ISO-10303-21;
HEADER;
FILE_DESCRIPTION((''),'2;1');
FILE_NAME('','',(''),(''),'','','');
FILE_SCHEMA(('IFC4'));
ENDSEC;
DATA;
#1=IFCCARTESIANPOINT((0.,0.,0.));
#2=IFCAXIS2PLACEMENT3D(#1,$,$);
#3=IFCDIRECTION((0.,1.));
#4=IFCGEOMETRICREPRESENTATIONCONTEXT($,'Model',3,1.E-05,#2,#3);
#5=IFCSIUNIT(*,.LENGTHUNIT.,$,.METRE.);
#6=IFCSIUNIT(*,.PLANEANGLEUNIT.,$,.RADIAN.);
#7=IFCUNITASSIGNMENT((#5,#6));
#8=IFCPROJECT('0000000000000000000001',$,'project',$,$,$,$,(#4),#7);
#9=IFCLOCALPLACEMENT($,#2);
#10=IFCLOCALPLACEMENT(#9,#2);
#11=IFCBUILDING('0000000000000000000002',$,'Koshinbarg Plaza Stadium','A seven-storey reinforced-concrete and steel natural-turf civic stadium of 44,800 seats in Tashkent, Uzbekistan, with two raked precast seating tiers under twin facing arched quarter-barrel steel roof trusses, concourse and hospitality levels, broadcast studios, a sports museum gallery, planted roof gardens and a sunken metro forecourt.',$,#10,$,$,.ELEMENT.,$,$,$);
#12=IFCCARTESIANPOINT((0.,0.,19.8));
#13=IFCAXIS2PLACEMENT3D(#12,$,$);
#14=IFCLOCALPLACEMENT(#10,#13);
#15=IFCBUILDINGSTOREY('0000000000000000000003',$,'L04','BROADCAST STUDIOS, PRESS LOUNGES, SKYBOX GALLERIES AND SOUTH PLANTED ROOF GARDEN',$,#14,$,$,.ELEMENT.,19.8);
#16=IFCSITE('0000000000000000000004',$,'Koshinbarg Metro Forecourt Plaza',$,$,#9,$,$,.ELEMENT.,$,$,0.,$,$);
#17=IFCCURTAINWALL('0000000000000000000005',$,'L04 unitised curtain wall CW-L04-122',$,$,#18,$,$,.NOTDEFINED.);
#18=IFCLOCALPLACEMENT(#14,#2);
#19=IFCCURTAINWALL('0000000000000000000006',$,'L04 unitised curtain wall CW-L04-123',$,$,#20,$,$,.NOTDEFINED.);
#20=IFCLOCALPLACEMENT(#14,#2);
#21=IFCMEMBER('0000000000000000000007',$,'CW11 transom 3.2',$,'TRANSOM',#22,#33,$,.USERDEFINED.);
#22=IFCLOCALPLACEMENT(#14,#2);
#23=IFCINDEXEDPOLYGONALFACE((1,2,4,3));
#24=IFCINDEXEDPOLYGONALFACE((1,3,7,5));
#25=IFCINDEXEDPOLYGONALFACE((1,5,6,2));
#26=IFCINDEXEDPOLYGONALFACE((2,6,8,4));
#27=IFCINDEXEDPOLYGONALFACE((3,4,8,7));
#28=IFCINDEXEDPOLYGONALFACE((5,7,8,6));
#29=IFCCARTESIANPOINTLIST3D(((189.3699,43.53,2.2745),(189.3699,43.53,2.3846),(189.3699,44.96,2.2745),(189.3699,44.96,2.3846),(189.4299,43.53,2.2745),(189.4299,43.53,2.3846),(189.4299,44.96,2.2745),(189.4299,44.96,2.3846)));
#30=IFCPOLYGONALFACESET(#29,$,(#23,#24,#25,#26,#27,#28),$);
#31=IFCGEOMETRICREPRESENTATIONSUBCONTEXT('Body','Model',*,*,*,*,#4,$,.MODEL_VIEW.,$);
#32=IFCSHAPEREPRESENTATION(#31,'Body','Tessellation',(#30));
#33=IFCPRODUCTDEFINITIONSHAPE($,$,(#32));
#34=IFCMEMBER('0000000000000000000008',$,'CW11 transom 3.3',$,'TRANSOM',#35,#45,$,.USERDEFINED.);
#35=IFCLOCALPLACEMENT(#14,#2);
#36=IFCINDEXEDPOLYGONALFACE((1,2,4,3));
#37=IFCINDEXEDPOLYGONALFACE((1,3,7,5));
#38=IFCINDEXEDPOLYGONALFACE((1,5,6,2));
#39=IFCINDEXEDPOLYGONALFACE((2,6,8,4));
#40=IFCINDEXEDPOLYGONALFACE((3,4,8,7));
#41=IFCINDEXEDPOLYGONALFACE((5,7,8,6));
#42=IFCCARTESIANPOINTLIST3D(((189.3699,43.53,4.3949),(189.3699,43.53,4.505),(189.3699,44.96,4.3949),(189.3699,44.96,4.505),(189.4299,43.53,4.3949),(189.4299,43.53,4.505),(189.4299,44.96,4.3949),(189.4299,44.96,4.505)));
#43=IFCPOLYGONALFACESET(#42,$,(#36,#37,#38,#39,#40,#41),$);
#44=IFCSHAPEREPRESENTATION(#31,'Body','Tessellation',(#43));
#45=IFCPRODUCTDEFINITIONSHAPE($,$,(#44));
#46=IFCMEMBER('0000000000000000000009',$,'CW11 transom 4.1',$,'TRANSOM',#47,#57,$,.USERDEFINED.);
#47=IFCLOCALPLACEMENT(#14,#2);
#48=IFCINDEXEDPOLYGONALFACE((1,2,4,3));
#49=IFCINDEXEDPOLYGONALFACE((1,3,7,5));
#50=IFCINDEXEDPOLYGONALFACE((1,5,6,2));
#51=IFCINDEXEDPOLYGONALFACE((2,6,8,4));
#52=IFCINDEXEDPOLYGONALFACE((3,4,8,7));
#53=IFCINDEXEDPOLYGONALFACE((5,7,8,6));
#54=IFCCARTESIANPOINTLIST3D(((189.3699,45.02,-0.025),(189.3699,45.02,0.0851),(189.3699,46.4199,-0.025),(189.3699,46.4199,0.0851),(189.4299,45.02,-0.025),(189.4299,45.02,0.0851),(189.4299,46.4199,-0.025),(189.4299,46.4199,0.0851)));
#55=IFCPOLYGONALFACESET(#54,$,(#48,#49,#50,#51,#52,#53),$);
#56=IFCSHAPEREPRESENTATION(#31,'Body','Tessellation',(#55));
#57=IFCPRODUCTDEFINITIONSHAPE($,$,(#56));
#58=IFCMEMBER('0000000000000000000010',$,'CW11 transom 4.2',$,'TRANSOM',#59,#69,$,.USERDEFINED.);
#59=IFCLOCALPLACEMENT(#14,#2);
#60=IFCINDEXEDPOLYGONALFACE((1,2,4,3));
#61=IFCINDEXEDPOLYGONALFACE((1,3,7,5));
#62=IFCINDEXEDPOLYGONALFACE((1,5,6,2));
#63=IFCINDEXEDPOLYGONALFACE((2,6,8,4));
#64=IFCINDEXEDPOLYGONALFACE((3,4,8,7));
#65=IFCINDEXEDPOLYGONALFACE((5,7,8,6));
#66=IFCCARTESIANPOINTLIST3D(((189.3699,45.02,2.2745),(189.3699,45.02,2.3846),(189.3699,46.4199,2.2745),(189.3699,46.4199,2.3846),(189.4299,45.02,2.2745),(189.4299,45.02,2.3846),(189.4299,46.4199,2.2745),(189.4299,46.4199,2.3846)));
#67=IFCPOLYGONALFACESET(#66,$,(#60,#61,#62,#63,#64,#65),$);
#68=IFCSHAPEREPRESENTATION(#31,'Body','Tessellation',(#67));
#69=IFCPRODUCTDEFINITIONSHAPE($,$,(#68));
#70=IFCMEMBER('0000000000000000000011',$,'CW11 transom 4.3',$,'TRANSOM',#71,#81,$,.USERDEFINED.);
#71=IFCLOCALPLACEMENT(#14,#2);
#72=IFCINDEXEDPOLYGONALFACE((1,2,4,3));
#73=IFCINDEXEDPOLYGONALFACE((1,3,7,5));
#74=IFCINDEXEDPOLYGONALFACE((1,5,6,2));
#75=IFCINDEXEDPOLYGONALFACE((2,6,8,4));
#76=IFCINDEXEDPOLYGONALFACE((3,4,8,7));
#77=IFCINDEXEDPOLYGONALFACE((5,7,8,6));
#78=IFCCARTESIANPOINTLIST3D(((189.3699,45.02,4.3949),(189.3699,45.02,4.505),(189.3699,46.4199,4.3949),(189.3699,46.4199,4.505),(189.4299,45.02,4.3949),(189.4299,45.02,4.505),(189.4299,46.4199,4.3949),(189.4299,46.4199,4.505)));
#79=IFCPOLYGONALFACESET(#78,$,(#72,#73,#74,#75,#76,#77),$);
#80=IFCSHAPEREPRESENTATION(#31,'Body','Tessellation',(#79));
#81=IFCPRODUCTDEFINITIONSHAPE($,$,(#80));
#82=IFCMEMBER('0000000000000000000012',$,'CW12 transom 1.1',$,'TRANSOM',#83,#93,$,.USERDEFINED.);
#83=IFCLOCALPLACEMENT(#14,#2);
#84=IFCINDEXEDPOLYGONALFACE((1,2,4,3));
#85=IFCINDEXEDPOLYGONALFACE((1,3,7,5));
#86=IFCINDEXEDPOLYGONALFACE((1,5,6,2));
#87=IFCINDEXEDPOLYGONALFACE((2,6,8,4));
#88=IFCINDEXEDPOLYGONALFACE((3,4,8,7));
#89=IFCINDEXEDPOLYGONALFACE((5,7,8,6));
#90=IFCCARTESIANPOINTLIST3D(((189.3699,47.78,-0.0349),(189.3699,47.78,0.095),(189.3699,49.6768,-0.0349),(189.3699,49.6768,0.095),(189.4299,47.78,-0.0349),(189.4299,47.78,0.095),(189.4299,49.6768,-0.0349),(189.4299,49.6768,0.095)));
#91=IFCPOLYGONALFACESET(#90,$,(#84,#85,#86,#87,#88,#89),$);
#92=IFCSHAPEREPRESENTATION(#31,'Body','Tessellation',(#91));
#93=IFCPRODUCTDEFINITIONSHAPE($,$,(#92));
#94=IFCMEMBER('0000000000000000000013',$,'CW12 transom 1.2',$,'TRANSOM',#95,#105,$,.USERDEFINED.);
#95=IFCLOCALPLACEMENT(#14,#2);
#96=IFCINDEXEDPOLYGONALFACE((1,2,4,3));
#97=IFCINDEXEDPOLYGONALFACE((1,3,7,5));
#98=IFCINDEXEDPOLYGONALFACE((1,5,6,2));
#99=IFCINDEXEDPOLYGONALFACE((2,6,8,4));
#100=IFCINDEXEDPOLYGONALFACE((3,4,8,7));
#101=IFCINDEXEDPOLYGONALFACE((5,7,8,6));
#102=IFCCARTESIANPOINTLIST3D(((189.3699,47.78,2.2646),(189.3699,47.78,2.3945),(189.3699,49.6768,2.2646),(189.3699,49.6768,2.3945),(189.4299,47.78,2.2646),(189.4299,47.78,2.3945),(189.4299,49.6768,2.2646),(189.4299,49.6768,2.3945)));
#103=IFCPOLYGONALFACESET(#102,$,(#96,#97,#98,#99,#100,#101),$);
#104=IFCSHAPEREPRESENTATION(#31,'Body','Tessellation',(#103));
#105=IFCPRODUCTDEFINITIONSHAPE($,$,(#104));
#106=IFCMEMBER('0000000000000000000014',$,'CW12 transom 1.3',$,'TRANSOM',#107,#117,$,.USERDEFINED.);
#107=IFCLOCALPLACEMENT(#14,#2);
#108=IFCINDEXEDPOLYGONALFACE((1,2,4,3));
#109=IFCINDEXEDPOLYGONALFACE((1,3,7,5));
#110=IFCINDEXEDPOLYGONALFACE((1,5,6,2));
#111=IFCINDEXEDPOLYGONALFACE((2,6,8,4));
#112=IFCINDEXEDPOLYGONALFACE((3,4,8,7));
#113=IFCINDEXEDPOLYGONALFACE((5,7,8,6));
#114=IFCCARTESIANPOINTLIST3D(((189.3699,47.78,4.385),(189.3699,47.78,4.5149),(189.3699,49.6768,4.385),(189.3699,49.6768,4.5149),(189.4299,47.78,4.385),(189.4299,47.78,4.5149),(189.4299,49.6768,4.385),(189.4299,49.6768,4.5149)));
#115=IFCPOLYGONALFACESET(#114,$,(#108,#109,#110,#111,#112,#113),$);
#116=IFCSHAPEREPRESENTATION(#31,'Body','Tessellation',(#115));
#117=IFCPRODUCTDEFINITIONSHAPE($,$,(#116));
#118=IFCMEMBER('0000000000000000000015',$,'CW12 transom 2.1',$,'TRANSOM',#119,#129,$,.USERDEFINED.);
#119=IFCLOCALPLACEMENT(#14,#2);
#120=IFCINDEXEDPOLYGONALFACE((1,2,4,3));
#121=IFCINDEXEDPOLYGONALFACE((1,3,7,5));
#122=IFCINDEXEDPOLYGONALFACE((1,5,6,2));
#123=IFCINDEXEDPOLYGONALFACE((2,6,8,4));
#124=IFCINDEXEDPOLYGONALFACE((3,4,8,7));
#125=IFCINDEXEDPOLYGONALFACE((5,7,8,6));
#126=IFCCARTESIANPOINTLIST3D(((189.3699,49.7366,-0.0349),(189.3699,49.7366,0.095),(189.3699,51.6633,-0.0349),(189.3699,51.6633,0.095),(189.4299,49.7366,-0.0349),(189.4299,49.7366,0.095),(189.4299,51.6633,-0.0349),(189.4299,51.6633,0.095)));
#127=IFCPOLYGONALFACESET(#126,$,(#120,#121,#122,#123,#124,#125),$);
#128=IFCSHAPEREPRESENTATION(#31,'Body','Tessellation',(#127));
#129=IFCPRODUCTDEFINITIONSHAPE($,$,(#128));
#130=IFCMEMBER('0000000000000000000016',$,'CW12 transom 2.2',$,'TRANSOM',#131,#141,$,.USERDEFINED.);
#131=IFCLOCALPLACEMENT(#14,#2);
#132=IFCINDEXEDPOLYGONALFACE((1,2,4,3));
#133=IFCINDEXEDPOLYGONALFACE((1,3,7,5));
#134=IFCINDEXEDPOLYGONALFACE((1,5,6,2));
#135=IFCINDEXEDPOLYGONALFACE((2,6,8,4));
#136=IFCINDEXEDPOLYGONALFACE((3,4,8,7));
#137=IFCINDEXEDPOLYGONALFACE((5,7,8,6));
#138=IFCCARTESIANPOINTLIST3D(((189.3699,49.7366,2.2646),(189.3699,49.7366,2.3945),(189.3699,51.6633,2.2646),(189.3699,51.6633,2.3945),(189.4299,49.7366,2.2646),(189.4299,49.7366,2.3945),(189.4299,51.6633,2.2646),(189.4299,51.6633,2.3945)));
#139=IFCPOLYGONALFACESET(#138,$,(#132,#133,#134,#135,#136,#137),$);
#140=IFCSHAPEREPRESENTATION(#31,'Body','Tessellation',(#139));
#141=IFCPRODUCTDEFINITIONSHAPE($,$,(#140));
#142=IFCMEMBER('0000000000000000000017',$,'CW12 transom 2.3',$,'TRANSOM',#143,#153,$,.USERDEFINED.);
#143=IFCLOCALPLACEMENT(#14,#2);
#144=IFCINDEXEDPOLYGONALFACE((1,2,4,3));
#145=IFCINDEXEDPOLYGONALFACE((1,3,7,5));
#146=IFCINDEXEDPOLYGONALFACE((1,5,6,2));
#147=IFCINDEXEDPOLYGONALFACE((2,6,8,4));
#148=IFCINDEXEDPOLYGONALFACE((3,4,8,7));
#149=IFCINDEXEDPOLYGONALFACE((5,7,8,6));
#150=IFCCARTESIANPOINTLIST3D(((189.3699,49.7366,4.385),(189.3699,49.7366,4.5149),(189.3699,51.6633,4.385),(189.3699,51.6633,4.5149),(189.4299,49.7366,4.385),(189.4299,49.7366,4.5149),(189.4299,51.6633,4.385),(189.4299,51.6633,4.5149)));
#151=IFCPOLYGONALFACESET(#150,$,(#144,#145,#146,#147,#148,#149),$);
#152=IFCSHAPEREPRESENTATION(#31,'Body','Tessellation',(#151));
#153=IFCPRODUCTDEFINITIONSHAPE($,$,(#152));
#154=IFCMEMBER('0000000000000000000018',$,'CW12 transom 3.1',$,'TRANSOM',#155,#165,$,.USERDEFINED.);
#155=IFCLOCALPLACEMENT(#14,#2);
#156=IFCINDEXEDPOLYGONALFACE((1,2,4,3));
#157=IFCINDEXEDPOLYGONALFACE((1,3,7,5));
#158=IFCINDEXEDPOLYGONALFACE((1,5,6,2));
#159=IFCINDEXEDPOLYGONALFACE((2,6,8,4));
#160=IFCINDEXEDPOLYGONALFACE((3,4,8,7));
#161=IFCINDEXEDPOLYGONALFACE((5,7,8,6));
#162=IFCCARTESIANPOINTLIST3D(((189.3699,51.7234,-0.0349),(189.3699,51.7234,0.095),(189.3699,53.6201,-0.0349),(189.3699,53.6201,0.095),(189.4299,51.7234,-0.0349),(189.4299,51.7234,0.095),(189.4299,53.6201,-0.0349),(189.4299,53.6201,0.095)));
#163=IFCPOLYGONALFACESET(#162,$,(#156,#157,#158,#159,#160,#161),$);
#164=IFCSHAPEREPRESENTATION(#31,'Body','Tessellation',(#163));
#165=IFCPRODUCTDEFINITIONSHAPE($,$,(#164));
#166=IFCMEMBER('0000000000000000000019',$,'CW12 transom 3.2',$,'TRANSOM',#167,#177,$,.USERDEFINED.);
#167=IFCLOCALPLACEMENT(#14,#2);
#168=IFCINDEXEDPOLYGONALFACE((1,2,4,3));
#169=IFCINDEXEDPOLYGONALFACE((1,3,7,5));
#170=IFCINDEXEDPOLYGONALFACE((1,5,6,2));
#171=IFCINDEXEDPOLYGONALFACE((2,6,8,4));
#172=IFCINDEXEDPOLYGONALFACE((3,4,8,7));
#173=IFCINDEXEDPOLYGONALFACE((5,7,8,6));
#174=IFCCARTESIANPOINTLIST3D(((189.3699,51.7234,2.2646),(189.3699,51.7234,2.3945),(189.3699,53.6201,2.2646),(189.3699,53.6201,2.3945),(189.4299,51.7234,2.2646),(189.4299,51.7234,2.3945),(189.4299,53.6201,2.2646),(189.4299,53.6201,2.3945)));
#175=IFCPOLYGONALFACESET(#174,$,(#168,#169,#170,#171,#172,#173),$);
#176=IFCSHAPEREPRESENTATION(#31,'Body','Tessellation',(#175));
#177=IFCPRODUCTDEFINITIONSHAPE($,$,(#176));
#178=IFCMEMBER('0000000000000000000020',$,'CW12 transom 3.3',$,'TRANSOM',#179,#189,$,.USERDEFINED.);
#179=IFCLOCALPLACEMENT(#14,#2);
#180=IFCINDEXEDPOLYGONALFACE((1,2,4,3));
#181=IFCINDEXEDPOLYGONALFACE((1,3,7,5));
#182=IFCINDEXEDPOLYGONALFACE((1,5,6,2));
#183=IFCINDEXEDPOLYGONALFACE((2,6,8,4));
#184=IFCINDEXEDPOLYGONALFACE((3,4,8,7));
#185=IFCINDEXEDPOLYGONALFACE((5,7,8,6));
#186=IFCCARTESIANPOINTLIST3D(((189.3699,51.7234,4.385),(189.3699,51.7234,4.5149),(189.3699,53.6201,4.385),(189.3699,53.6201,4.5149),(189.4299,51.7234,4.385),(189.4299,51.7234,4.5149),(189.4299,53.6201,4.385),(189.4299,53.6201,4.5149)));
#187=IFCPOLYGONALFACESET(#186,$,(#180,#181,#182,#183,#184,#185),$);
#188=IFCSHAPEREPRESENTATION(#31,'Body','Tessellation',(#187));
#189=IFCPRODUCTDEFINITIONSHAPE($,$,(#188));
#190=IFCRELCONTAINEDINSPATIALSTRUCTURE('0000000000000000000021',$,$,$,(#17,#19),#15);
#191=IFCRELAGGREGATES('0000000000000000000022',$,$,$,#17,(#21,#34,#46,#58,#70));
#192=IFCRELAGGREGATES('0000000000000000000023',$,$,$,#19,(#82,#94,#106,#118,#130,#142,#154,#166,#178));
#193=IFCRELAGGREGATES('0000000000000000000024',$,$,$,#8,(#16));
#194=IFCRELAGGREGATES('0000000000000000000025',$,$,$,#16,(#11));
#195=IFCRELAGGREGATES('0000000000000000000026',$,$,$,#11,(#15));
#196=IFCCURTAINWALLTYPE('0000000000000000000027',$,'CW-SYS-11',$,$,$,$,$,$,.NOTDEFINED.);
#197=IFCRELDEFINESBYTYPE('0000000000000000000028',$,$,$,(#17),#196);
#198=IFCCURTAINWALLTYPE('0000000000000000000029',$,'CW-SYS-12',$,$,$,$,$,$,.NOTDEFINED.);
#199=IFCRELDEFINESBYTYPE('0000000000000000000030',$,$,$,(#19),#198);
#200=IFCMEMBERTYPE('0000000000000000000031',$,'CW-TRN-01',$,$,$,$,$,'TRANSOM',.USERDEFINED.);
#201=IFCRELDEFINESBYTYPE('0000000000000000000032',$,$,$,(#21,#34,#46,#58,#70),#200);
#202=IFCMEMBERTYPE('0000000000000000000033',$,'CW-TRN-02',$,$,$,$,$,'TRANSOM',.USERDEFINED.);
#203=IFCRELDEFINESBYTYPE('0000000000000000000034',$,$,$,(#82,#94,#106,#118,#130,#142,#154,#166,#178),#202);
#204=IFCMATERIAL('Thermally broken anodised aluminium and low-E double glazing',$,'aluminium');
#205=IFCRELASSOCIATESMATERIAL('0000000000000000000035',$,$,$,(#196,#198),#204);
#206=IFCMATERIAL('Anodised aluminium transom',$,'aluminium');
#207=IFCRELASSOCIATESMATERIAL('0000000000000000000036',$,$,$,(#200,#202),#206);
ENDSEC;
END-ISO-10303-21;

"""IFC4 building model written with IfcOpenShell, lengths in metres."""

from ifc_helpers import new_model, si_unit, direction, frame, origin, origin_2d, place, context, subcontext, project, spatial, rectangle, extrude, material, material_profile, profile_set, type_object, element, aggregate, save


model = new_model("IFC4")

# Units and contexts
model_context = context("Model", 3, precision=1e-05, world=origin(), true_north=direction((0.0, 1.0)))
body_context = subcontext(model_context, "Body", "Model", "MODEL_VIEW")
ifc_project = project(units=[si_unit("LENGTHUNIT", "METRE"), si_unit("PLANEANGLEUNIT", "RADIAN")], contexts=[model_context])

# Site, building, storey
site_placement = place(None, origin())
site = spatial("IfcSite", under=ifc_project, at=site_placement, Name="Koshinbarg Metro Forecourt Plaza", CompositionType="ELEMENT", RefElevation=0.0)
building_placement = place(site_placement, origin())
building = spatial("IfcBuilding", under=site, at=building_placement, Name="Koshinbarg Plaza Stadium", Description="A seven-storey reinforced-concrete and steel natural-turf civic stadium of 44,800 seats in Tashkent, Uzbekistan, with two raked precast seating tiers under twin facing arched quarter-barrel steel roof trusses, concourse and hospitality levels, broadcast studios, a sports museum gallery, planted roof gardens and a sunken metro forecourt.", CompositionType="ELEMENT")
storey_placement = place(building_placement, frame((0.0, 0.0, 19.8)))
storey = spatial("IfcBuildingStorey", under=building, at=storey_placement, Name="L04", Description="BROADCAST STUDIOS, PRESS LOUNGES, SKYBOX GALLERIES AND SOUTH PLANTED ROOF GARDEN", CompositionType="ELEMENT", Elevation=19.8)

# Curtain walls
ifc_material_1 = material(Name="Thermally broken anodised aluminium and low-E double glazing", Category="aluminium")
curtain_wall_type_1 = type_object("IfcCurtainWallType", Name="CW-SYS-11", PredefinedType="NOTDEFINED", material=ifc_material_1)
curtain_wall_1_placement = place(storey_placement, origin())
curtain_wall_1 = element("IfcCurtainWall", 1, at=curtain_wall_1_placement, inside=storey, type_object=curtain_wall_type_1, Name="L04 unitised curtain wall CW-L04-122", PredefinedType="NOTDEFINED")
curtain_wall_type_2 = type_object("IfcCurtainWallType", Name="CW-SYS-12", PredefinedType="NOTDEFINED", material=ifc_material_1)
curtain_wall_2_placement = place(storey_placement, origin())
curtain_wall_2 = element("IfcCurtainWall", 2, at=curtain_wall_2_placement, inside=storey, type_object=curtain_wall_type_2, Name="L04 unitised curtain wall CW-L04-123", PredefinedType="NOTDEFINED")

# Members
ifc_material_2 = material(Name="Anodised aluminium transom", Category="aluminium")
ifc_material_profile_1 = material_profile(ifc_material_2, rectangle(XDim=0.0601, YDim=0.1101, at=origin_2d()), Name="ALU 60x110")
ifc_profile_set_1 = profile_set([ifc_material_profile_1], Name="Anodised aluminium transom")
member_type_1 = type_object("IfcMemberType", Name="CW-TRN-01", ElementType="TRANSOM", PredefinedType="USERDEFINED", material=ifc_profile_set_1)
member_1_placement = place(storey_placement, frame((189.3999, 43.53, 2.3296), z_axis=(0.0, 1.0, 0.0), x_axis=(-1.0, 0.0, 0.0)))
member_1 = element("IfcMember", 3, at=member_1_placement, type_object=member_type_1, Name="CW11 transom 3.2", ObjectType="TRANSOM", PredefinedType="USERDEFINED", context=body_context, shape_type="SweptSolid", body=[
    extrude(rectangle(XDim=0.0601, YDim=0.1101, at=origin_2d()), origin(), (0.0, 0.0, 1.0), 1.4299),
])
member_2_placement = place(storey_placement, frame((189.3999, 43.53, 4.45), z_axis=(0.0, 1.0, 0.0), x_axis=(-1.0, 0.0, 0.0)))
member_2 = element("IfcMember", 4, at=member_2_placement, type_object=member_type_1, Name="CW11 transom 3.3", ObjectType="TRANSOM", PredefinedType="USERDEFINED", context=body_context, shape_type="SweptSolid", body=[
    extrude(rectangle(XDim=0.0601, YDim=0.1101, at=origin_2d()), origin(), (0.0, 0.0, 1.0), 1.4299),
])
member_3_placement = place(storey_placement, frame((189.3999, 45.02, 0.03), z_axis=(0.0, 1.0, 0.0), x_axis=(-1.0, 0.0, 0.0)))
member_3 = element("IfcMember", 5, at=member_3_placement, type_object=member_type_1, Name="CW11 transom 4.1", ObjectType="TRANSOM", PredefinedType="USERDEFINED", context=body_context, shape_type="SweptSolid", body=[
    extrude(rectangle(XDim=0.0601, YDim=0.1101, at=origin_2d()), origin(), (0.0, 0.0, 1.0), 1.3999),
])
member_4_placement = place(storey_placement, frame((189.3999, 45.02, 2.3296), z_axis=(0.0, 1.0, 0.0), x_axis=(-1.0, 0.0, 0.0)))
member_4 = element("IfcMember", 6, at=member_4_placement, type_object=member_type_1, Name="CW11 transom 4.2", ObjectType="TRANSOM", PredefinedType="USERDEFINED", context=body_context, shape_type="SweptSolid", body=[
    extrude(rectangle(XDim=0.0601, YDim=0.1101, at=origin_2d()), origin(), (0.0, 0.0, 1.0), 1.3999),
])
member_5_placement = place(storey_placement, frame((189.3999, 45.02, 4.45), z_axis=(0.0, 1.0, 0.0), x_axis=(-1.0, 0.0, 0.0)))
member_5 = element("IfcMember", 7, at=member_5_placement, type_object=member_type_1, Name="CW11 transom 4.3", ObjectType="TRANSOM", PredefinedType="USERDEFINED", context=body_context, shape_type="SweptSolid", body=[
    extrude(rectangle(XDim=0.0601, YDim=0.1101, at=origin_2d()), origin(), (0.0, 0.0, 1.0), 1.3999),
])
ifc_material_profile_2 = material_profile(ifc_material_2, rectangle(XDim=0.0601, YDim=0.1299, at=origin_2d()), Name="ALU 60x130")
ifc_profile_set_2 = profile_set([ifc_material_profile_2], Name="Anodised aluminium transom")
member_type_2 = type_object("IfcMemberType", Name="CW-TRN-02", ElementType="TRANSOM", PredefinedType="USERDEFINED", material=ifc_profile_set_2)
member_6_placement = place(storey_placement, frame((189.3999, 47.78, 0.03), z_axis=(0.0, 1.0, 0.0), x_axis=(-1.0, 0.0, 0.0)))
member_6 = element("IfcMember", 8, at=member_6_placement, type_object=member_type_2, Name="CW12 transom 1.1", ObjectType="TRANSOM", PredefinedType="USERDEFINED", context=body_context, shape_type="SweptSolid", body=[
    extrude(rectangle(XDim=0.0601, YDim=0.1299, at=origin_2d()), origin(), (0.0, 0.0, 1.0), 1.8967),
])
member_7_placement = place(storey_placement, frame((189.3999, 47.78, 2.3296), z_axis=(0.0, 1.0, 0.0), x_axis=(-1.0, 0.0, 0.0)))
member_7 = element("IfcMember", 9, at=member_7_placement, type_object=member_type_2, Name="CW12 transom 1.2", ObjectType="TRANSOM", PredefinedType="USERDEFINED", context=body_context, shape_type="SweptSolid", body=[
    extrude(rectangle(XDim=0.0601, YDim=0.1299, at=origin_2d()), origin(), (0.0, 0.0, 1.0), 1.8967),
])
member_8_placement = place(storey_placement, frame((189.3999, 47.78, 4.45), z_axis=(0.0, 1.0, 0.0), x_axis=(-1.0, 0.0, 0.0)))
member_8 = element("IfcMember", 10, at=member_8_placement, type_object=member_type_2, Name="CW12 transom 1.3", ObjectType="TRANSOM", PredefinedType="USERDEFINED", context=body_context, shape_type="SweptSolid", body=[
    extrude(rectangle(XDim=0.0601, YDim=0.1299, at=origin_2d()), origin(), (0.0, 0.0, 1.0), 1.8967),
])
member_9_placement = place(storey_placement, frame((189.3999, 49.7366, 0.03), z_axis=(0.0, 1.0, 0.0), x_axis=(-1.0, 0.0, 0.0)))
member_9 = element("IfcMember", 11, at=member_9_placement, type_object=member_type_2, Name="CW12 transom 2.1", ObjectType="TRANSOM", PredefinedType="USERDEFINED", context=body_context, shape_type="SweptSolid", body=[
    extrude(rectangle(XDim=0.0601, YDim=0.1299, at=origin_2d()), origin(), (0.0, 0.0, 1.0), 1.9268),
])
member_10_placement = place(storey_placement, frame((189.3999, 49.7366, 2.3296), z_axis=(0.0, 1.0, 0.0), x_axis=(-1.0, 0.0, 0.0)))
member_10 = element("IfcMember", 12, at=member_10_placement, type_object=member_type_2, Name="CW12 transom 2.2", ObjectType="TRANSOM", PredefinedType="USERDEFINED", context=body_context, shape_type="SweptSolid", body=[
    extrude(rectangle(XDim=0.0601, YDim=0.1299, at=origin_2d()), origin(), (0.0, 0.0, 1.0), 1.9268),
])
member_11_placement = place(storey_placement, frame((189.3999, 49.7366, 4.45), z_axis=(0.0, 1.0, 0.0), x_axis=(-1.0, 0.0, 0.0)))
member_11 = element("IfcMember", 13, at=member_11_placement, type_object=member_type_2, Name="CW12 transom 2.3", ObjectType="TRANSOM", PredefinedType="USERDEFINED", context=body_context, shape_type="SweptSolid", body=[
    extrude(rectangle(XDim=0.0601, YDim=0.1299, at=origin_2d()), origin(), (0.0, 0.0, 1.0), 1.9268),
])
member_12_placement = place(storey_placement, frame((189.3999, 51.7234, 0.03), z_axis=(0.0, 1.0, 0.0), x_axis=(-1.0, 0.0, 0.0)))
member_12 = element("IfcMember", 14, at=member_12_placement, type_object=member_type_2, Name="CW12 transom 3.1", ObjectType="TRANSOM", PredefinedType="USERDEFINED", context=body_context, shape_type="SweptSolid", body=[
    extrude(rectangle(XDim=0.0601, YDim=0.1299, at=origin_2d()), origin(), (0.0, 0.0, 1.0), 1.8967),
])
member_13_placement = place(storey_placement, frame((189.3999, 51.7234, 2.3296), z_axis=(0.0, 1.0, 0.0), x_axis=(-1.0, 0.0, 0.0)))
member_13 = element("IfcMember", 15, at=member_13_placement, type_object=member_type_2, Name="CW12 transom 3.2", ObjectType="TRANSOM", PredefinedType="USERDEFINED", context=body_context, shape_type="SweptSolid", body=[
    extrude(rectangle(XDim=0.0601, YDim=0.1299, at=origin_2d()), origin(), (0.0, 0.0, 1.0), 1.8967),
])
member_14_placement = place(storey_placement, frame((189.3999, 51.7234, 4.45), z_axis=(0.0, 1.0, 0.0), x_axis=(-1.0, 0.0, 0.0)))
member_14 = element("IfcMember", 16, at=member_14_placement, type_object=member_type_2, Name="CW12 transom 3.3", ObjectType="TRANSOM", PredefinedType="USERDEFINED", context=body_context, shape_type="SweptSolid", body=[
    extrude(rectangle(XDim=0.0601, YDim=0.1299, at=origin_2d()), origin(), (0.0, 0.0, 1.0), 1.8967),
])

aggregate(curtain_wall_1, [member_1, member_2, member_3, member_4, member_5])
aggregate(curtain_wall_2, [member_6, member_7, member_8, member_9, member_10, member_11, member_12, member_13, member_14])

save(model, "model.ifc")
